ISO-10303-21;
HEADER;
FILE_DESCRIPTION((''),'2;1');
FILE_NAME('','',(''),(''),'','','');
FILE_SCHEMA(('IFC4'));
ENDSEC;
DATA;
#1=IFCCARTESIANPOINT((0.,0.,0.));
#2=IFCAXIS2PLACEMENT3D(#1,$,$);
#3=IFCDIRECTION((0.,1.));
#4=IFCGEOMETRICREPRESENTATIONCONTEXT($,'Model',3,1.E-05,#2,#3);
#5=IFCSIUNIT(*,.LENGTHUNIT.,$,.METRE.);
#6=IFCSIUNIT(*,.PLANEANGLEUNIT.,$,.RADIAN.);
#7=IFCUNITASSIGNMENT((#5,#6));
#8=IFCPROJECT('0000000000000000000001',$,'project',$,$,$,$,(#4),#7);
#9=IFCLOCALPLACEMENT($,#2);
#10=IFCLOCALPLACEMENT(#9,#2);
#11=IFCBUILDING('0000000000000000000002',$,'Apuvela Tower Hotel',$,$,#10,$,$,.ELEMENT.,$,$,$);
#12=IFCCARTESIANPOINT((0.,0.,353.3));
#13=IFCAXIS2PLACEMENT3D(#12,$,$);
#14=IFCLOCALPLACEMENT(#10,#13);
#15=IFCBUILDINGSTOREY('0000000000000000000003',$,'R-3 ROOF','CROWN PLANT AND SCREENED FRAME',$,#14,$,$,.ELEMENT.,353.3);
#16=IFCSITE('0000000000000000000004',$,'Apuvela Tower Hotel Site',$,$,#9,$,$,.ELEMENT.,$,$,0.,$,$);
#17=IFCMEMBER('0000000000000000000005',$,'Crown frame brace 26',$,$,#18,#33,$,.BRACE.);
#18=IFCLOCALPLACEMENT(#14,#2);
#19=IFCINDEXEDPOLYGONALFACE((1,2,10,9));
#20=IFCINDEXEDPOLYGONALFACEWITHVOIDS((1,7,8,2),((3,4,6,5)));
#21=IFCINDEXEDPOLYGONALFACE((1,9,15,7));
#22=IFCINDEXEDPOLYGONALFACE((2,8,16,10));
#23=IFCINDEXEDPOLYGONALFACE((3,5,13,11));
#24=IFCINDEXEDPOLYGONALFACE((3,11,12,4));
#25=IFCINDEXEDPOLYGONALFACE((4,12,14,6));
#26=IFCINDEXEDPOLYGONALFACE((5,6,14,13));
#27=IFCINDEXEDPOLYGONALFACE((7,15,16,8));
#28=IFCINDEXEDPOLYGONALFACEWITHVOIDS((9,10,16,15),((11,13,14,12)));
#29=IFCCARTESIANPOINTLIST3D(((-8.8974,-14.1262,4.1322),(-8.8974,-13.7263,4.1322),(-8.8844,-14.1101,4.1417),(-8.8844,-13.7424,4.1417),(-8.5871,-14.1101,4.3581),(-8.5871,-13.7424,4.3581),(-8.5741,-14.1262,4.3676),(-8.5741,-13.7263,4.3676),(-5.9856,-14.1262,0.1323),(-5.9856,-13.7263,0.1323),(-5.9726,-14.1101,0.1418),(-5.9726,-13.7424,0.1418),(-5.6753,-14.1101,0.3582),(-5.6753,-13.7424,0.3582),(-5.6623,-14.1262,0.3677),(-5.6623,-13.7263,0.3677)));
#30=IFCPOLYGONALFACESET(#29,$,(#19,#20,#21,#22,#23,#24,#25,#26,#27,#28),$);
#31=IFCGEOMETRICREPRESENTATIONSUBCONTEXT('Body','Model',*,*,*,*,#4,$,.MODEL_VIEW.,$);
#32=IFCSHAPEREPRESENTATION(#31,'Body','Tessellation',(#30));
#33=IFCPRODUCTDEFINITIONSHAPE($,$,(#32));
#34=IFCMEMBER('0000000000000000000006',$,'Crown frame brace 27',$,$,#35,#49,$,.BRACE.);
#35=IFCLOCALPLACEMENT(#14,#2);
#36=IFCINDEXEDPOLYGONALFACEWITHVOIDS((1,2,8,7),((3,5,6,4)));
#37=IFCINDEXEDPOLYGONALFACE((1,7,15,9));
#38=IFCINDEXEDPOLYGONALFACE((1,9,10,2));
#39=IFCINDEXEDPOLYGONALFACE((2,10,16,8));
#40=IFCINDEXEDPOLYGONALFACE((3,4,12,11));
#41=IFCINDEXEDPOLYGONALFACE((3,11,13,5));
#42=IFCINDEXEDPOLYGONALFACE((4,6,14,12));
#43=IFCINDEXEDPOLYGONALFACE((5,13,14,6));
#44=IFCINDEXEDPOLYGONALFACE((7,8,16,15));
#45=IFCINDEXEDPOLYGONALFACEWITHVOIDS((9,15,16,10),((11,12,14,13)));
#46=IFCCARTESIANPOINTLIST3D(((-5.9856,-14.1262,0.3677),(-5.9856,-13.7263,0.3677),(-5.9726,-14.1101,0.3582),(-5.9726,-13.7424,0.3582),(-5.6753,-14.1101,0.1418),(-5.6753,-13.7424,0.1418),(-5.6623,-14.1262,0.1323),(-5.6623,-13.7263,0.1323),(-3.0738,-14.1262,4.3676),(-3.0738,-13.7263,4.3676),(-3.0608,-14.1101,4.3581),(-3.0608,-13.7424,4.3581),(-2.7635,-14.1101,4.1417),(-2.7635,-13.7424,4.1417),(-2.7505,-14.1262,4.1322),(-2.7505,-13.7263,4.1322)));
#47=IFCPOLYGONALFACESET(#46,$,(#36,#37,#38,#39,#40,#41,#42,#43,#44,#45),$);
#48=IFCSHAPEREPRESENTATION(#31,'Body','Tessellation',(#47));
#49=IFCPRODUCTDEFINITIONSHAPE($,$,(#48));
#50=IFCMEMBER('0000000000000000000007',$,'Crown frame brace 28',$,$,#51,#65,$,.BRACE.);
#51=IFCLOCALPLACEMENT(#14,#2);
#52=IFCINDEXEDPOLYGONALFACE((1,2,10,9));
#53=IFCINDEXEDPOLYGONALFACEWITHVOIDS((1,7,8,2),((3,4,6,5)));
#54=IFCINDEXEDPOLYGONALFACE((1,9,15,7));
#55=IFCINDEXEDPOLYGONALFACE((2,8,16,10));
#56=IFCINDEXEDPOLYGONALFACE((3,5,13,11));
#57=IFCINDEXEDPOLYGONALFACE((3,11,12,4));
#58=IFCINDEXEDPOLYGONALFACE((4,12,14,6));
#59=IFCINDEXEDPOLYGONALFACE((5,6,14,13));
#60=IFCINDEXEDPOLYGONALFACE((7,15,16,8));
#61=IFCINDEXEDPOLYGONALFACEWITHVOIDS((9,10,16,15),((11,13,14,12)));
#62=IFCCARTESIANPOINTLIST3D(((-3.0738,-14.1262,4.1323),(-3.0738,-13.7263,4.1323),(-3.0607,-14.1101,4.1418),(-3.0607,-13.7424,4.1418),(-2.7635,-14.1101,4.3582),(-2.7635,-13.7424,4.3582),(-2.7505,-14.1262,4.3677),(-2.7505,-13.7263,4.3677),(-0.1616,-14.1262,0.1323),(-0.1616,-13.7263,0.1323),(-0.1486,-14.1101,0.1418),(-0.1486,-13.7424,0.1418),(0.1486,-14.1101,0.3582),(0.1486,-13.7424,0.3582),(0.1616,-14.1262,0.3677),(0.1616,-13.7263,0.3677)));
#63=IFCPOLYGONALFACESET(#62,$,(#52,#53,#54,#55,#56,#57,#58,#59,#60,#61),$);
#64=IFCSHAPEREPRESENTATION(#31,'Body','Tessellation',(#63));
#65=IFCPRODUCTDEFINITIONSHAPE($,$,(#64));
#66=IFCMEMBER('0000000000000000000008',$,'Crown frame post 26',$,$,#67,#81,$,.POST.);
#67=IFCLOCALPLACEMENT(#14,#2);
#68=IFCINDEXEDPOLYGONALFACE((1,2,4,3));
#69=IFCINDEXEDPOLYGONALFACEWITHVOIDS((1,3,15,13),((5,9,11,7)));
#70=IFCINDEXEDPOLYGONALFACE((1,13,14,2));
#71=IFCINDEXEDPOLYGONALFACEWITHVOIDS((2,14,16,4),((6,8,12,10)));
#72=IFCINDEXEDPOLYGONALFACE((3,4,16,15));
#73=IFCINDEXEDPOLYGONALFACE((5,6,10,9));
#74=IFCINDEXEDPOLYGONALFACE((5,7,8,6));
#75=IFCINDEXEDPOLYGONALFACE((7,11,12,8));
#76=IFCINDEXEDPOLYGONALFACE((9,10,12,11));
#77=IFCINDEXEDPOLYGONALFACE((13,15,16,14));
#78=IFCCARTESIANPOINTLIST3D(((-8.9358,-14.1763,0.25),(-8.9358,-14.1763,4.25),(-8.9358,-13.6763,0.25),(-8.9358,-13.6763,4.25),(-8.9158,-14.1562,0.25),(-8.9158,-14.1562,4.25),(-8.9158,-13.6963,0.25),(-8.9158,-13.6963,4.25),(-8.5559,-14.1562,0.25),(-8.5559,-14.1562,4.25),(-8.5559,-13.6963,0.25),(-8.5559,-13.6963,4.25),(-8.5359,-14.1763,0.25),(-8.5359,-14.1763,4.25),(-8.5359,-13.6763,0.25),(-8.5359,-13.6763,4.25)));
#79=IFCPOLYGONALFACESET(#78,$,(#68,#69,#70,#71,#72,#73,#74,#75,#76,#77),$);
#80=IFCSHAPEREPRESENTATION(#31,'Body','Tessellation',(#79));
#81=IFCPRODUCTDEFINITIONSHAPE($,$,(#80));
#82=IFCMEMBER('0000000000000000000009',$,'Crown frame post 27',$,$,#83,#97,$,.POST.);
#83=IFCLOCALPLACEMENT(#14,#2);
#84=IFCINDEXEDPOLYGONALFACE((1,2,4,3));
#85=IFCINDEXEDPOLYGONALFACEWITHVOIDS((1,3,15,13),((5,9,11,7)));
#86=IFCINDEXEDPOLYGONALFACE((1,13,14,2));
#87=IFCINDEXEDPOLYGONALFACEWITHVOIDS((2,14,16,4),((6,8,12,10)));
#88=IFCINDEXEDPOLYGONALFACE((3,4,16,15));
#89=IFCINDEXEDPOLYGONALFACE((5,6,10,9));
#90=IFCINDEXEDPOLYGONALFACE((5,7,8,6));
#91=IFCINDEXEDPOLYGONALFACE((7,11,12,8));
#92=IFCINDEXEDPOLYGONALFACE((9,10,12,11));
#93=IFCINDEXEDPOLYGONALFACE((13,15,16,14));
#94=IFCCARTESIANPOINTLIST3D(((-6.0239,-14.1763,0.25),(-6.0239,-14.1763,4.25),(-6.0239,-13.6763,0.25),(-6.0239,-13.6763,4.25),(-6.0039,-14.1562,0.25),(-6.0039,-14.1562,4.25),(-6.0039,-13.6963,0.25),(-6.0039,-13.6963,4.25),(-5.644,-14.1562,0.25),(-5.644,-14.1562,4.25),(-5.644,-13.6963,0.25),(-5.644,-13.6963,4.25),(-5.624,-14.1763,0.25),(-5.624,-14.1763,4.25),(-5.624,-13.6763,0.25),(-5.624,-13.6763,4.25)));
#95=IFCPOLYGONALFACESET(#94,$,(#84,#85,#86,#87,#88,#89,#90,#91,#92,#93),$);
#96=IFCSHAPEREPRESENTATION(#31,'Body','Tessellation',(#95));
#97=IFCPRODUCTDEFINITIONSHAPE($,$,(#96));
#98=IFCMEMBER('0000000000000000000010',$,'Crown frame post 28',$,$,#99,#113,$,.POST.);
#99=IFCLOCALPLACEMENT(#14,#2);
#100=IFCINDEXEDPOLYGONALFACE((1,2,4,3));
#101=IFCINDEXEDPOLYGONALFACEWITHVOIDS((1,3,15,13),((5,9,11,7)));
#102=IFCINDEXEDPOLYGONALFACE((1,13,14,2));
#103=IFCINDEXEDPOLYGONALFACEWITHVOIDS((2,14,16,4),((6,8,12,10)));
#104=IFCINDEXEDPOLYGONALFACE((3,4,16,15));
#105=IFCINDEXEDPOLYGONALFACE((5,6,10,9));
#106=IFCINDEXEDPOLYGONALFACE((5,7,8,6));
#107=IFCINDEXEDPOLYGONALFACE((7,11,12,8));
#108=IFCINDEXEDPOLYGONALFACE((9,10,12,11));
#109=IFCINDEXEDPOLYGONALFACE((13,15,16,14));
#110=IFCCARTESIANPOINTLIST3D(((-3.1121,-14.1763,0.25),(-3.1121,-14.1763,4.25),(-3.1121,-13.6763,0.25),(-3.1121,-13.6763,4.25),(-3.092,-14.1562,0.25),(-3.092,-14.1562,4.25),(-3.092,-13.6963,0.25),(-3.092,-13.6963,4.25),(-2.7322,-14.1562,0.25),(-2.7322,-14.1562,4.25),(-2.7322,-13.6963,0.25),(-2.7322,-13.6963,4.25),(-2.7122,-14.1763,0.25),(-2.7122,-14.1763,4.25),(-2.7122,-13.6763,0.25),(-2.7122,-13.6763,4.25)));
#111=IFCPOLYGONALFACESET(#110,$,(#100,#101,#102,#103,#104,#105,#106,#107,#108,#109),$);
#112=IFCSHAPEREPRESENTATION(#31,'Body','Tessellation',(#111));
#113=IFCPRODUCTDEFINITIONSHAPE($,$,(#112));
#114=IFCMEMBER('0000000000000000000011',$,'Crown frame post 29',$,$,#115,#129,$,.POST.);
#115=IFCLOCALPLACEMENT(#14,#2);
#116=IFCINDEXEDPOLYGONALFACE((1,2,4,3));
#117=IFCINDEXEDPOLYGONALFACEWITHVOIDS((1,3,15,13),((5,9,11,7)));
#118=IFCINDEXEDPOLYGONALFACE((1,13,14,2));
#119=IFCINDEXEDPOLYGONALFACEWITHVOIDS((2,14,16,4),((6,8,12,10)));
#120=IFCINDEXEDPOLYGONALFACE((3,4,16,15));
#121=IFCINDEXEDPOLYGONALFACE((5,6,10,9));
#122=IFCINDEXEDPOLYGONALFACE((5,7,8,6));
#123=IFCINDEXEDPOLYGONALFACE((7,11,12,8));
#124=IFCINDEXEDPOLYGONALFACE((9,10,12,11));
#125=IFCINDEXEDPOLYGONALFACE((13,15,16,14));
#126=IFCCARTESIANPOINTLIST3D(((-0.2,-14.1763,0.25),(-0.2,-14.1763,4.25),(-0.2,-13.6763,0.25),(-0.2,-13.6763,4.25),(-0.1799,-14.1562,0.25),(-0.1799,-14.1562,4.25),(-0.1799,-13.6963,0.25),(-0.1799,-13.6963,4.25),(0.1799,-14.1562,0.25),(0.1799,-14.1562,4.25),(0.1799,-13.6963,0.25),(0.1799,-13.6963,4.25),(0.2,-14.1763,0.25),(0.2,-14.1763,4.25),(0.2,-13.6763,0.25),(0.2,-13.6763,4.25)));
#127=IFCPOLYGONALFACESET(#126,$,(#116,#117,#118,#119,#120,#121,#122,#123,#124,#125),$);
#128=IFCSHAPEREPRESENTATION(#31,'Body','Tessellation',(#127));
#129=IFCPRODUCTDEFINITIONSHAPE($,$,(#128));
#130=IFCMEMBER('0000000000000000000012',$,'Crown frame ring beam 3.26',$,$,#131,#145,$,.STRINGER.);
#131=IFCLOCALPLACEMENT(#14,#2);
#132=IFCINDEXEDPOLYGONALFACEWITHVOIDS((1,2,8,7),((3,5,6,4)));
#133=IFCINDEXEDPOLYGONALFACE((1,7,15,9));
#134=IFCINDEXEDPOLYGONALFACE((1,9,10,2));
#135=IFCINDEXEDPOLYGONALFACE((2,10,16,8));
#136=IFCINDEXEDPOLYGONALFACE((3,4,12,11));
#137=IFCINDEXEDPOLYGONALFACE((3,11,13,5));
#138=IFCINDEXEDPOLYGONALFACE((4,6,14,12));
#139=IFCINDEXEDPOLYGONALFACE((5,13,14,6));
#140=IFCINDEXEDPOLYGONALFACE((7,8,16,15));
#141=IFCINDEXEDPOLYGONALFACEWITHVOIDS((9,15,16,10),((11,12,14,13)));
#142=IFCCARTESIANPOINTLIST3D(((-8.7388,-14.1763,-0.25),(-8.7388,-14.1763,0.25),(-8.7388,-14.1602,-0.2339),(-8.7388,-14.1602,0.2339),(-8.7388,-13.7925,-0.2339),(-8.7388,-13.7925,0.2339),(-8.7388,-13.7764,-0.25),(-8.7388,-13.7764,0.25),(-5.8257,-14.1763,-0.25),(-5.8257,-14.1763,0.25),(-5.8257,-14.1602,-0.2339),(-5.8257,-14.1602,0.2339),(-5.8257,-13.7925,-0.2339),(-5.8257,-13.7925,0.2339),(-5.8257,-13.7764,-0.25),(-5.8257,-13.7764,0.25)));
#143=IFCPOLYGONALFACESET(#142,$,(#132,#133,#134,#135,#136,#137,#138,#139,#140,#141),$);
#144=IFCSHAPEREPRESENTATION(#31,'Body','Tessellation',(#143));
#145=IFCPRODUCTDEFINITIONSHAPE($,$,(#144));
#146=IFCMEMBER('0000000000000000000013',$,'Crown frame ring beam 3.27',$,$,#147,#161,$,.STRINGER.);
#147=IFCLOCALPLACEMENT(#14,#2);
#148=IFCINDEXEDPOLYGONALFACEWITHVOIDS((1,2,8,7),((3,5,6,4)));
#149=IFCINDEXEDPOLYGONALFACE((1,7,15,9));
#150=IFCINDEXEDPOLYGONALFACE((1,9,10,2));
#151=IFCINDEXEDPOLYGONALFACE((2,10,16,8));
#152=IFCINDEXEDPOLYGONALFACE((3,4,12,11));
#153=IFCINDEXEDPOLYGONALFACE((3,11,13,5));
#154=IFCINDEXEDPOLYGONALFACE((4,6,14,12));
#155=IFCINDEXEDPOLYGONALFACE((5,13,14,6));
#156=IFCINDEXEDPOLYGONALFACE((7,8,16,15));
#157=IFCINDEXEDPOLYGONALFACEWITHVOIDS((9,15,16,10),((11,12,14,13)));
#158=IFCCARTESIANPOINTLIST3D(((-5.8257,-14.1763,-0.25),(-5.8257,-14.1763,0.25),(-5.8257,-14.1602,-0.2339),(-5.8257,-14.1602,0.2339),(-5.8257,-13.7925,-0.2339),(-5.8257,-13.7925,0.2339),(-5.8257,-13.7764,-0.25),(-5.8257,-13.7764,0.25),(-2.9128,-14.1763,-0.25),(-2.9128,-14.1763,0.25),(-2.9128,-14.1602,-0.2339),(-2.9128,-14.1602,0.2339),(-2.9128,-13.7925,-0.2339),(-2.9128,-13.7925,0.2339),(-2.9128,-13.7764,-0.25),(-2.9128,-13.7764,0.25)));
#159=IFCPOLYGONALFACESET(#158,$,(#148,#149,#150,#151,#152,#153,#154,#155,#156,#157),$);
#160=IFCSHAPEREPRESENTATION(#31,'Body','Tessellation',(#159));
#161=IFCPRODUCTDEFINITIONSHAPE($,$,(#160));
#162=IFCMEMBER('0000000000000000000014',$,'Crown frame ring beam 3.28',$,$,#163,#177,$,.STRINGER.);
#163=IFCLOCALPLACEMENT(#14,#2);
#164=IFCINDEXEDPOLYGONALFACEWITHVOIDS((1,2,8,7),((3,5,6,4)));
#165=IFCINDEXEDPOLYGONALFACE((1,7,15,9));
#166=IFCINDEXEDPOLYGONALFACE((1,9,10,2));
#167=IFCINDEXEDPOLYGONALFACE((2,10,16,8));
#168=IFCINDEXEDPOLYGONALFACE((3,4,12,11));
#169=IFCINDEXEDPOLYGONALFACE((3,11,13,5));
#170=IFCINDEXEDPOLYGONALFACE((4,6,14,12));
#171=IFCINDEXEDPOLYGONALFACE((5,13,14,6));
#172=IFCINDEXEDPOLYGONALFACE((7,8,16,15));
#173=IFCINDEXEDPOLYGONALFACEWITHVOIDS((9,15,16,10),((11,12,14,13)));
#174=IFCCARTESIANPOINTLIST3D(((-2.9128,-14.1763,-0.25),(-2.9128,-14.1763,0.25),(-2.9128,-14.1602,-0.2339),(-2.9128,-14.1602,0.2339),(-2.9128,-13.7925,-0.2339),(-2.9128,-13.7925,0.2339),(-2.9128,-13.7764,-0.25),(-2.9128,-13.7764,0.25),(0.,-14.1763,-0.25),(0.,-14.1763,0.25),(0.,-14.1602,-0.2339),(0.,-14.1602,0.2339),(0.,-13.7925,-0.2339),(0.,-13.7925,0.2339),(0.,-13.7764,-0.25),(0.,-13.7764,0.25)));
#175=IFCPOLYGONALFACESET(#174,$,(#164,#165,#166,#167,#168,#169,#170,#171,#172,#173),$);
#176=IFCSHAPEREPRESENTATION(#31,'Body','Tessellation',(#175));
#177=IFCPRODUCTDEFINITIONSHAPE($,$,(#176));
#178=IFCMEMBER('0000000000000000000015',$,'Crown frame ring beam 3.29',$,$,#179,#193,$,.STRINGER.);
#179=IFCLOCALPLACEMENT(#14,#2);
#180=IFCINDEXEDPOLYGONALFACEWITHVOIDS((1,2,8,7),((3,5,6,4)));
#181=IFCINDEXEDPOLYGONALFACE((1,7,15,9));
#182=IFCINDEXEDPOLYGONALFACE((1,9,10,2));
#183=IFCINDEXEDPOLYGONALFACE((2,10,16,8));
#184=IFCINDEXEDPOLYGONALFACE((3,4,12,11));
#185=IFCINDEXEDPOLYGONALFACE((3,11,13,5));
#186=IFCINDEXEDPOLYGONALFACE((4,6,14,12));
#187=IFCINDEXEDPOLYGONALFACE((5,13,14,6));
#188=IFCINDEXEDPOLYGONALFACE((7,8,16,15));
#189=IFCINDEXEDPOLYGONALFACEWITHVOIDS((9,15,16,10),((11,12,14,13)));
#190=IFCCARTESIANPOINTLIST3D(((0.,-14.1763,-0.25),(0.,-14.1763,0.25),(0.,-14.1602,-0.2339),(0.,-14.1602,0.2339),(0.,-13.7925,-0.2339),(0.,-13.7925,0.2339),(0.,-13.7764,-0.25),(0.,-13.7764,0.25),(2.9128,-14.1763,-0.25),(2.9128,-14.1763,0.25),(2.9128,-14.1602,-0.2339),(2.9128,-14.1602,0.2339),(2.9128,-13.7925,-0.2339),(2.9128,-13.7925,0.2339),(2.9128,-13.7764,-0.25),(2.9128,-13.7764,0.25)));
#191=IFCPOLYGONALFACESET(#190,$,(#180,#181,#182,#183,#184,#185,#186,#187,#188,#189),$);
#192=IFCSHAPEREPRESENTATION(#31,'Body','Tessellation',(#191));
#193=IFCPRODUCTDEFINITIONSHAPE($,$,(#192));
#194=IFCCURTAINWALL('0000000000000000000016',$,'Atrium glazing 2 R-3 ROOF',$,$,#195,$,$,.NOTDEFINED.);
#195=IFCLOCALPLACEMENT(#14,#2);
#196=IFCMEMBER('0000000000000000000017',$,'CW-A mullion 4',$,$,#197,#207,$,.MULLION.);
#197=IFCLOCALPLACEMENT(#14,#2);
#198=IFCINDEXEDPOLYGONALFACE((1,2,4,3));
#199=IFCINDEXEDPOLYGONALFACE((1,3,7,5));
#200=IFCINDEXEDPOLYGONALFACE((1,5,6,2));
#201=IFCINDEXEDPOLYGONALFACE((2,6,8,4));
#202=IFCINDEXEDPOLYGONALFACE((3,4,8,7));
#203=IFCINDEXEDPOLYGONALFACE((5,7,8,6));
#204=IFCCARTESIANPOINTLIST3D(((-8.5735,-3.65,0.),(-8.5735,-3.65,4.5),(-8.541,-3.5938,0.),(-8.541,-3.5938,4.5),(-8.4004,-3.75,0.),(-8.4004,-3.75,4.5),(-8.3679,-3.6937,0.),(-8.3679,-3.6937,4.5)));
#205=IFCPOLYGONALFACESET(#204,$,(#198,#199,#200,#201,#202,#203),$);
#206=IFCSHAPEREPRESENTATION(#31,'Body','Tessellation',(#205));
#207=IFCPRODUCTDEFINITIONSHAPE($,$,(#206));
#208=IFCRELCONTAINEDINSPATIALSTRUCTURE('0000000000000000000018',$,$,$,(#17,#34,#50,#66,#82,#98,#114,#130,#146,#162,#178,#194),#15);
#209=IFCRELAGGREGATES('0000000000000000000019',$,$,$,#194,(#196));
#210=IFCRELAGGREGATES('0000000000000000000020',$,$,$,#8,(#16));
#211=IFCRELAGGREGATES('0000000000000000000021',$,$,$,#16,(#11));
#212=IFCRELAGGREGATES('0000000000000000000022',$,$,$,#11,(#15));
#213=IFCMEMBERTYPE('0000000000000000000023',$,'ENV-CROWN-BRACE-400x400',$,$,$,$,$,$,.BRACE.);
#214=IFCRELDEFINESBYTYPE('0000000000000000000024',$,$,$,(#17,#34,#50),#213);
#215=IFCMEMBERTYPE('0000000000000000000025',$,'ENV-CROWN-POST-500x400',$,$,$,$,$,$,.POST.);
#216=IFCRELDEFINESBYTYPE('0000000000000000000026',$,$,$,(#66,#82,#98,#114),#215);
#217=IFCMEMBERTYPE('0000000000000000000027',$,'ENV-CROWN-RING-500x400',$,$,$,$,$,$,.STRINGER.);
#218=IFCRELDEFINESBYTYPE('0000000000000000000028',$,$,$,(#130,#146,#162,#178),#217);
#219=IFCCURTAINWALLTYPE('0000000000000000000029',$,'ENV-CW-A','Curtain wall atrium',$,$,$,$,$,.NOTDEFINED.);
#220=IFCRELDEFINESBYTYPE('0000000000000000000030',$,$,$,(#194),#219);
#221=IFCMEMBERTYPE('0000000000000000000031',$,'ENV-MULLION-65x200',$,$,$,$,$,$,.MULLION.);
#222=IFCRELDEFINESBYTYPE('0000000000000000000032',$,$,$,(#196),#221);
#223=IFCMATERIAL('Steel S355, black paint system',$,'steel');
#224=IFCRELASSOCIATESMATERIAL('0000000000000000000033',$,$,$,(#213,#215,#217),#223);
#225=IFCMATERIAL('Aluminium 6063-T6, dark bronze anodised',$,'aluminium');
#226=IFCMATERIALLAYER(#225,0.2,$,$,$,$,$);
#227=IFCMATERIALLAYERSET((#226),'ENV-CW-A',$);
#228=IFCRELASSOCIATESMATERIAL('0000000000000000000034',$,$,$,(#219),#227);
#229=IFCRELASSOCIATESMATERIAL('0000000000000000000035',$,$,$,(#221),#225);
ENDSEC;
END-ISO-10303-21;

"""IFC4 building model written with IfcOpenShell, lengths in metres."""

from ifc_helpers import new_model, si_unit, direction, frame, origin, origin_2d, place, context, subcontext, project, spatial, rectangle, hollow_rectangle, extrude, material, layer, layer_set, material_profile, profile_set, type_object, element, aggregate, save


model = new_model("IFC4")

# Units and contexts
model_context = context("Model", 3, precision=1e-05, world=origin(), true_north=direction((0.0, 1.0)))
body_context = subcontext(model_context, "Body", "Model", "MODEL_VIEW")
ifc_project = project(units=[si_unit("LENGTHUNIT", "METRE"), si_unit("PLANEANGLEUNIT", "RADIAN")], contexts=[model_context])

# Site, building, storey
site_placement = place(None, origin())
site = spatial("IfcSite", under=ifc_project, at=site_placement, Name="Apuvela Tower Hotel Site", CompositionType="ELEMENT", RefElevation=0.0)
building_placement = place(site_placement, origin())
building = spatial("IfcBuilding", under=site, at=building_placement, Name="Apuvela Tower Hotel", CompositionType="ELEMENT")
storey_placement = place(building_placement, frame((0.0, 0.0, 353.3)))
storey = spatial("IfcBuildingStorey", under=building, at=storey_placement, Name="R-3 ROOF", Description="CROWN PLANT AND SCREENED FRAME", CompositionType="ELEMENT", Elevation=353.3)

# Members
ifc_material_1 = material(Name="Steel S355, black paint system", Category="steel")
ifc_material_profile_1 = material_profile(ifc_material_1, hollow_rectangle(XDim=0.3999, YDim=0.3999, WallThickness=0.0161, at=origin_2d()), Name="HSS 400x400x16")
ifc_profile_set_1 = profile_set([ifc_material_profile_1], Name="Steel S355, black paint system")
member_type_1 = type_object("IfcMemberType", Name="ENV-CROWN-BRACE-400x400", PredefinedType="BRACE", material=ifc_profile_set_1)
for number, where, z_axis, x_axis, name in (
    (1, (-5.824, -13.9263, 0.25), (-0.588538, 0.0, 0.808469), (0.0, -1.0, 0.0), "Crown frame brace 26"),
    (2, (-5.824, -13.9263, 0.25), (0.588538, 0.0, 0.808469), (0.0, 1.0, 0.0), "Crown frame brace 27"),
):
    element("IfcMember", number, at=place(storey_placement, frame(where, z_axis=z_axis, x_axis=x_axis)), inside=storey, type_object=member_type_1, Name=name, PredefinedType="BRACE", context=body_context, shape_type="SweptSolid", body=[
        extrude(hollow_rectangle(XDim=0.3999, YDim=0.3999, WallThickness=0.0161, at=origin_2d()), origin(), (0.0, 0.0, 1.0), 4.9475),
    ])
member_1_placement = place(storey_placement, frame((0.0, -13.9263, 0.25), z_axis=(-0.588571, 0.0, 0.808446), x_axis=(0.0, -1.0, 0.0)))
element("IfcMember", 3, at=member_1_placement, inside=storey, type_object=member_type_1, Name="Crown frame brace 28", PredefinedType="BRACE", context=body_context, shape_type="SweptSolid", body=[
    extrude(hollow_rectangle(XDim=0.3999, YDim=0.3999, WallThickness=0.0161, at=origin_2d()), origin(), (0.0, 0.0, 1.0), 4.9478),
])
ifc_material_profile_2 = material_profile(ifc_material_1, hollow_rectangle(XDim=0.3999, YDim=0.5, WallThickness=0.02, at=origin_2d()), Name="HSS 500x400x20")
ifc_profile_set_2 = profile_set([ifc_material_profile_2], Name="Steel S355, black paint system")
member_type_2 = type_object("IfcMemberType", Name="ENV-CROWN-POST-500x400", PredefinedType="POST", material=ifc_profile_set_2)
for number, where, z_axis, x_axis, name in (
    (4, (-8.7358, -13.9263, 0.25), (0.0, 0.0, 1.0), (1.0, 0.0, 0.0), "Crown frame post 26"),
    (5, (-5.824, -13.9263, 0.25), (0.0, 0.0, 1.0), (1.0, 0.0, 0.0), "Crown frame post 27"),
    (6, (-2.9121, -13.9263, 0.25), (0.0, 0.0, 1.0), (1.0, 0.0, 0.0), "Crown frame post 28"),
    (7, (0.0, -13.9263, 0.25), (0.0, 0.0, 1.0), (1.0, 0.0, 0.0), "Crown frame post 29"),
):
    element("IfcMember", number, at=place(storey_placement, frame(where, z_axis=z_axis, x_axis=x_axis)), inside=storey, type_object=member_type_2, Name=name, PredefinedType="POST", context=body_context, shape_type="SweptSolid", body=[
        extrude(hollow_rectangle(XDim=0.3999, YDim=0.5, WallThickness=0.02, at=origin_2d()), origin(), (0.0, 0.0, 1.0), 4.0),
    ])
ifc_material_profile_3 = material_profile(ifc_material_1, hollow_rectangle(XDim=0.3999, YDim=0.5, WallThickness=0.0161, at=origin_2d()), Name="HSS 500x400x16")
ifc_profile_set_3 = profile_set([ifc_material_profile_3], Name="Steel S355, black paint system")
member_type_3 = type_object("IfcMemberType", Name="ENV-CROWN-RING-500x400", PredefinedType="STRINGER", material=ifc_profile_set_3)
member_2_placement = place(storey_placement, frame((-8.7388, -13.9763, 0.0), z_axis=(1.0, 0.0, 0.0), x_axis=(0.0, 1.0, 0.0)))
element("IfcMember", 8, at=member_2_placement, inside=storey, type_object=member_type_3, Name="Crown frame ring beam 3.26", PredefinedType="STRINGER", context=body_context, shape_type="SweptSolid", body=[
    extrude(hollow_rectangle(XDim=0.3999, YDim=0.5, WallThickness=0.0161, at=origin_2d()), origin(), (0.0, 0.0, 1.0), 2.9131),
])
for number, where, z_axis, x_axis, name in (
    (9, (-5.8257, -13.9763, 0.0), (1.0, 0.0, 0.0), (0.0, 1.0, 0.0), "Crown frame ring beam 3.27"),
    (10, (-2.9128, -13.9763, 0.0), (1.0, 0.0, 0.0), (0.0, 1.0, 0.0), "Crown frame ring beam 3.28"),
    (11, (0.0, -13.9763, 0.0), (1.0, 0.0, 0.0), (0.0, 1.0, 0.0), "Crown frame ring beam 3.29"),
):
    element("IfcMember", number, at=place(storey_placement, frame(where, z_axis=z_axis, x_axis=x_axis)), inside=storey, type_object=member_type_3, Name=name, PredefinedType="STRINGER", context=body_context, shape_type="SweptSolid", body=[
        extrude(hollow_rectangle(XDim=0.3999, YDim=0.5, WallThickness=0.0161, at=origin_2d()), origin(), (0.0, 0.0, 1.0), 2.9128),
    ])

# Curtain wall, member
ifc_material_2 = material(Name="Aluminium 6063-T6, dark bronze anodised", Category="aluminium")
ifc_layer_1 = layer(ifc_material_2, 0.2)
ifc_layer_set_1 = layer_set([ifc_layer_1], Name="ENV-CW-A")
curtain_wall_type = type_object("IfcCurtainWallType", Name="ENV-CW-A", Description="Curtain wall atrium", PredefinedType="NOTDEFINED", material=ifc_layer_set_1)
curtain_wall_1_placement = place(storey_placement, origin())
curtain_wall_1 = element("IfcCurtainWall", 12, at=curtain_wall_1_placement, inside=storey, type_object=curtain_wall_type, Name="Atrium glazing 2 R-3 ROOF", PredefinedType="NOTDEFINED")
ifc_material_profile_4 = material_profile(ifc_material_2, rectangle(XDim=0.2, YDim=0.0649, at=origin_2d()), Name="AL 65x200")
ifc_profile_set_4 = profile_set([ifc_material_profile_4], Name="Aluminium 6063-T6, dark bronze anodised")
member_type_4 = type_object("IfcMemberType", Name="ENV-MULLION-65x200", PredefinedType="MULLION", material=ifc_profile_set_4)
member_3_placement = place(storey_placement, frame((-8.4707, -3.6719, 0.0), z_axis=(0.0, 0.0, 1.0), x_axis=(0.866026, -0.499999, 0.0)))
member_3 = element("IfcMember", 13, at=member_3_placement, type_object=member_type_4, Name="CW-A mullion 4", PredefinedType="MULLION", context=body_context, shape_type="SweptSolid", body=[
    extrude(rectangle(XDim=0.2, YDim=0.0649, at=origin_2d()), origin(), (0.0, 0.0, 1.0), 4.5),
])

aggregate(curtain_wall_1, [member_3])

save(model, "model.ifc")
